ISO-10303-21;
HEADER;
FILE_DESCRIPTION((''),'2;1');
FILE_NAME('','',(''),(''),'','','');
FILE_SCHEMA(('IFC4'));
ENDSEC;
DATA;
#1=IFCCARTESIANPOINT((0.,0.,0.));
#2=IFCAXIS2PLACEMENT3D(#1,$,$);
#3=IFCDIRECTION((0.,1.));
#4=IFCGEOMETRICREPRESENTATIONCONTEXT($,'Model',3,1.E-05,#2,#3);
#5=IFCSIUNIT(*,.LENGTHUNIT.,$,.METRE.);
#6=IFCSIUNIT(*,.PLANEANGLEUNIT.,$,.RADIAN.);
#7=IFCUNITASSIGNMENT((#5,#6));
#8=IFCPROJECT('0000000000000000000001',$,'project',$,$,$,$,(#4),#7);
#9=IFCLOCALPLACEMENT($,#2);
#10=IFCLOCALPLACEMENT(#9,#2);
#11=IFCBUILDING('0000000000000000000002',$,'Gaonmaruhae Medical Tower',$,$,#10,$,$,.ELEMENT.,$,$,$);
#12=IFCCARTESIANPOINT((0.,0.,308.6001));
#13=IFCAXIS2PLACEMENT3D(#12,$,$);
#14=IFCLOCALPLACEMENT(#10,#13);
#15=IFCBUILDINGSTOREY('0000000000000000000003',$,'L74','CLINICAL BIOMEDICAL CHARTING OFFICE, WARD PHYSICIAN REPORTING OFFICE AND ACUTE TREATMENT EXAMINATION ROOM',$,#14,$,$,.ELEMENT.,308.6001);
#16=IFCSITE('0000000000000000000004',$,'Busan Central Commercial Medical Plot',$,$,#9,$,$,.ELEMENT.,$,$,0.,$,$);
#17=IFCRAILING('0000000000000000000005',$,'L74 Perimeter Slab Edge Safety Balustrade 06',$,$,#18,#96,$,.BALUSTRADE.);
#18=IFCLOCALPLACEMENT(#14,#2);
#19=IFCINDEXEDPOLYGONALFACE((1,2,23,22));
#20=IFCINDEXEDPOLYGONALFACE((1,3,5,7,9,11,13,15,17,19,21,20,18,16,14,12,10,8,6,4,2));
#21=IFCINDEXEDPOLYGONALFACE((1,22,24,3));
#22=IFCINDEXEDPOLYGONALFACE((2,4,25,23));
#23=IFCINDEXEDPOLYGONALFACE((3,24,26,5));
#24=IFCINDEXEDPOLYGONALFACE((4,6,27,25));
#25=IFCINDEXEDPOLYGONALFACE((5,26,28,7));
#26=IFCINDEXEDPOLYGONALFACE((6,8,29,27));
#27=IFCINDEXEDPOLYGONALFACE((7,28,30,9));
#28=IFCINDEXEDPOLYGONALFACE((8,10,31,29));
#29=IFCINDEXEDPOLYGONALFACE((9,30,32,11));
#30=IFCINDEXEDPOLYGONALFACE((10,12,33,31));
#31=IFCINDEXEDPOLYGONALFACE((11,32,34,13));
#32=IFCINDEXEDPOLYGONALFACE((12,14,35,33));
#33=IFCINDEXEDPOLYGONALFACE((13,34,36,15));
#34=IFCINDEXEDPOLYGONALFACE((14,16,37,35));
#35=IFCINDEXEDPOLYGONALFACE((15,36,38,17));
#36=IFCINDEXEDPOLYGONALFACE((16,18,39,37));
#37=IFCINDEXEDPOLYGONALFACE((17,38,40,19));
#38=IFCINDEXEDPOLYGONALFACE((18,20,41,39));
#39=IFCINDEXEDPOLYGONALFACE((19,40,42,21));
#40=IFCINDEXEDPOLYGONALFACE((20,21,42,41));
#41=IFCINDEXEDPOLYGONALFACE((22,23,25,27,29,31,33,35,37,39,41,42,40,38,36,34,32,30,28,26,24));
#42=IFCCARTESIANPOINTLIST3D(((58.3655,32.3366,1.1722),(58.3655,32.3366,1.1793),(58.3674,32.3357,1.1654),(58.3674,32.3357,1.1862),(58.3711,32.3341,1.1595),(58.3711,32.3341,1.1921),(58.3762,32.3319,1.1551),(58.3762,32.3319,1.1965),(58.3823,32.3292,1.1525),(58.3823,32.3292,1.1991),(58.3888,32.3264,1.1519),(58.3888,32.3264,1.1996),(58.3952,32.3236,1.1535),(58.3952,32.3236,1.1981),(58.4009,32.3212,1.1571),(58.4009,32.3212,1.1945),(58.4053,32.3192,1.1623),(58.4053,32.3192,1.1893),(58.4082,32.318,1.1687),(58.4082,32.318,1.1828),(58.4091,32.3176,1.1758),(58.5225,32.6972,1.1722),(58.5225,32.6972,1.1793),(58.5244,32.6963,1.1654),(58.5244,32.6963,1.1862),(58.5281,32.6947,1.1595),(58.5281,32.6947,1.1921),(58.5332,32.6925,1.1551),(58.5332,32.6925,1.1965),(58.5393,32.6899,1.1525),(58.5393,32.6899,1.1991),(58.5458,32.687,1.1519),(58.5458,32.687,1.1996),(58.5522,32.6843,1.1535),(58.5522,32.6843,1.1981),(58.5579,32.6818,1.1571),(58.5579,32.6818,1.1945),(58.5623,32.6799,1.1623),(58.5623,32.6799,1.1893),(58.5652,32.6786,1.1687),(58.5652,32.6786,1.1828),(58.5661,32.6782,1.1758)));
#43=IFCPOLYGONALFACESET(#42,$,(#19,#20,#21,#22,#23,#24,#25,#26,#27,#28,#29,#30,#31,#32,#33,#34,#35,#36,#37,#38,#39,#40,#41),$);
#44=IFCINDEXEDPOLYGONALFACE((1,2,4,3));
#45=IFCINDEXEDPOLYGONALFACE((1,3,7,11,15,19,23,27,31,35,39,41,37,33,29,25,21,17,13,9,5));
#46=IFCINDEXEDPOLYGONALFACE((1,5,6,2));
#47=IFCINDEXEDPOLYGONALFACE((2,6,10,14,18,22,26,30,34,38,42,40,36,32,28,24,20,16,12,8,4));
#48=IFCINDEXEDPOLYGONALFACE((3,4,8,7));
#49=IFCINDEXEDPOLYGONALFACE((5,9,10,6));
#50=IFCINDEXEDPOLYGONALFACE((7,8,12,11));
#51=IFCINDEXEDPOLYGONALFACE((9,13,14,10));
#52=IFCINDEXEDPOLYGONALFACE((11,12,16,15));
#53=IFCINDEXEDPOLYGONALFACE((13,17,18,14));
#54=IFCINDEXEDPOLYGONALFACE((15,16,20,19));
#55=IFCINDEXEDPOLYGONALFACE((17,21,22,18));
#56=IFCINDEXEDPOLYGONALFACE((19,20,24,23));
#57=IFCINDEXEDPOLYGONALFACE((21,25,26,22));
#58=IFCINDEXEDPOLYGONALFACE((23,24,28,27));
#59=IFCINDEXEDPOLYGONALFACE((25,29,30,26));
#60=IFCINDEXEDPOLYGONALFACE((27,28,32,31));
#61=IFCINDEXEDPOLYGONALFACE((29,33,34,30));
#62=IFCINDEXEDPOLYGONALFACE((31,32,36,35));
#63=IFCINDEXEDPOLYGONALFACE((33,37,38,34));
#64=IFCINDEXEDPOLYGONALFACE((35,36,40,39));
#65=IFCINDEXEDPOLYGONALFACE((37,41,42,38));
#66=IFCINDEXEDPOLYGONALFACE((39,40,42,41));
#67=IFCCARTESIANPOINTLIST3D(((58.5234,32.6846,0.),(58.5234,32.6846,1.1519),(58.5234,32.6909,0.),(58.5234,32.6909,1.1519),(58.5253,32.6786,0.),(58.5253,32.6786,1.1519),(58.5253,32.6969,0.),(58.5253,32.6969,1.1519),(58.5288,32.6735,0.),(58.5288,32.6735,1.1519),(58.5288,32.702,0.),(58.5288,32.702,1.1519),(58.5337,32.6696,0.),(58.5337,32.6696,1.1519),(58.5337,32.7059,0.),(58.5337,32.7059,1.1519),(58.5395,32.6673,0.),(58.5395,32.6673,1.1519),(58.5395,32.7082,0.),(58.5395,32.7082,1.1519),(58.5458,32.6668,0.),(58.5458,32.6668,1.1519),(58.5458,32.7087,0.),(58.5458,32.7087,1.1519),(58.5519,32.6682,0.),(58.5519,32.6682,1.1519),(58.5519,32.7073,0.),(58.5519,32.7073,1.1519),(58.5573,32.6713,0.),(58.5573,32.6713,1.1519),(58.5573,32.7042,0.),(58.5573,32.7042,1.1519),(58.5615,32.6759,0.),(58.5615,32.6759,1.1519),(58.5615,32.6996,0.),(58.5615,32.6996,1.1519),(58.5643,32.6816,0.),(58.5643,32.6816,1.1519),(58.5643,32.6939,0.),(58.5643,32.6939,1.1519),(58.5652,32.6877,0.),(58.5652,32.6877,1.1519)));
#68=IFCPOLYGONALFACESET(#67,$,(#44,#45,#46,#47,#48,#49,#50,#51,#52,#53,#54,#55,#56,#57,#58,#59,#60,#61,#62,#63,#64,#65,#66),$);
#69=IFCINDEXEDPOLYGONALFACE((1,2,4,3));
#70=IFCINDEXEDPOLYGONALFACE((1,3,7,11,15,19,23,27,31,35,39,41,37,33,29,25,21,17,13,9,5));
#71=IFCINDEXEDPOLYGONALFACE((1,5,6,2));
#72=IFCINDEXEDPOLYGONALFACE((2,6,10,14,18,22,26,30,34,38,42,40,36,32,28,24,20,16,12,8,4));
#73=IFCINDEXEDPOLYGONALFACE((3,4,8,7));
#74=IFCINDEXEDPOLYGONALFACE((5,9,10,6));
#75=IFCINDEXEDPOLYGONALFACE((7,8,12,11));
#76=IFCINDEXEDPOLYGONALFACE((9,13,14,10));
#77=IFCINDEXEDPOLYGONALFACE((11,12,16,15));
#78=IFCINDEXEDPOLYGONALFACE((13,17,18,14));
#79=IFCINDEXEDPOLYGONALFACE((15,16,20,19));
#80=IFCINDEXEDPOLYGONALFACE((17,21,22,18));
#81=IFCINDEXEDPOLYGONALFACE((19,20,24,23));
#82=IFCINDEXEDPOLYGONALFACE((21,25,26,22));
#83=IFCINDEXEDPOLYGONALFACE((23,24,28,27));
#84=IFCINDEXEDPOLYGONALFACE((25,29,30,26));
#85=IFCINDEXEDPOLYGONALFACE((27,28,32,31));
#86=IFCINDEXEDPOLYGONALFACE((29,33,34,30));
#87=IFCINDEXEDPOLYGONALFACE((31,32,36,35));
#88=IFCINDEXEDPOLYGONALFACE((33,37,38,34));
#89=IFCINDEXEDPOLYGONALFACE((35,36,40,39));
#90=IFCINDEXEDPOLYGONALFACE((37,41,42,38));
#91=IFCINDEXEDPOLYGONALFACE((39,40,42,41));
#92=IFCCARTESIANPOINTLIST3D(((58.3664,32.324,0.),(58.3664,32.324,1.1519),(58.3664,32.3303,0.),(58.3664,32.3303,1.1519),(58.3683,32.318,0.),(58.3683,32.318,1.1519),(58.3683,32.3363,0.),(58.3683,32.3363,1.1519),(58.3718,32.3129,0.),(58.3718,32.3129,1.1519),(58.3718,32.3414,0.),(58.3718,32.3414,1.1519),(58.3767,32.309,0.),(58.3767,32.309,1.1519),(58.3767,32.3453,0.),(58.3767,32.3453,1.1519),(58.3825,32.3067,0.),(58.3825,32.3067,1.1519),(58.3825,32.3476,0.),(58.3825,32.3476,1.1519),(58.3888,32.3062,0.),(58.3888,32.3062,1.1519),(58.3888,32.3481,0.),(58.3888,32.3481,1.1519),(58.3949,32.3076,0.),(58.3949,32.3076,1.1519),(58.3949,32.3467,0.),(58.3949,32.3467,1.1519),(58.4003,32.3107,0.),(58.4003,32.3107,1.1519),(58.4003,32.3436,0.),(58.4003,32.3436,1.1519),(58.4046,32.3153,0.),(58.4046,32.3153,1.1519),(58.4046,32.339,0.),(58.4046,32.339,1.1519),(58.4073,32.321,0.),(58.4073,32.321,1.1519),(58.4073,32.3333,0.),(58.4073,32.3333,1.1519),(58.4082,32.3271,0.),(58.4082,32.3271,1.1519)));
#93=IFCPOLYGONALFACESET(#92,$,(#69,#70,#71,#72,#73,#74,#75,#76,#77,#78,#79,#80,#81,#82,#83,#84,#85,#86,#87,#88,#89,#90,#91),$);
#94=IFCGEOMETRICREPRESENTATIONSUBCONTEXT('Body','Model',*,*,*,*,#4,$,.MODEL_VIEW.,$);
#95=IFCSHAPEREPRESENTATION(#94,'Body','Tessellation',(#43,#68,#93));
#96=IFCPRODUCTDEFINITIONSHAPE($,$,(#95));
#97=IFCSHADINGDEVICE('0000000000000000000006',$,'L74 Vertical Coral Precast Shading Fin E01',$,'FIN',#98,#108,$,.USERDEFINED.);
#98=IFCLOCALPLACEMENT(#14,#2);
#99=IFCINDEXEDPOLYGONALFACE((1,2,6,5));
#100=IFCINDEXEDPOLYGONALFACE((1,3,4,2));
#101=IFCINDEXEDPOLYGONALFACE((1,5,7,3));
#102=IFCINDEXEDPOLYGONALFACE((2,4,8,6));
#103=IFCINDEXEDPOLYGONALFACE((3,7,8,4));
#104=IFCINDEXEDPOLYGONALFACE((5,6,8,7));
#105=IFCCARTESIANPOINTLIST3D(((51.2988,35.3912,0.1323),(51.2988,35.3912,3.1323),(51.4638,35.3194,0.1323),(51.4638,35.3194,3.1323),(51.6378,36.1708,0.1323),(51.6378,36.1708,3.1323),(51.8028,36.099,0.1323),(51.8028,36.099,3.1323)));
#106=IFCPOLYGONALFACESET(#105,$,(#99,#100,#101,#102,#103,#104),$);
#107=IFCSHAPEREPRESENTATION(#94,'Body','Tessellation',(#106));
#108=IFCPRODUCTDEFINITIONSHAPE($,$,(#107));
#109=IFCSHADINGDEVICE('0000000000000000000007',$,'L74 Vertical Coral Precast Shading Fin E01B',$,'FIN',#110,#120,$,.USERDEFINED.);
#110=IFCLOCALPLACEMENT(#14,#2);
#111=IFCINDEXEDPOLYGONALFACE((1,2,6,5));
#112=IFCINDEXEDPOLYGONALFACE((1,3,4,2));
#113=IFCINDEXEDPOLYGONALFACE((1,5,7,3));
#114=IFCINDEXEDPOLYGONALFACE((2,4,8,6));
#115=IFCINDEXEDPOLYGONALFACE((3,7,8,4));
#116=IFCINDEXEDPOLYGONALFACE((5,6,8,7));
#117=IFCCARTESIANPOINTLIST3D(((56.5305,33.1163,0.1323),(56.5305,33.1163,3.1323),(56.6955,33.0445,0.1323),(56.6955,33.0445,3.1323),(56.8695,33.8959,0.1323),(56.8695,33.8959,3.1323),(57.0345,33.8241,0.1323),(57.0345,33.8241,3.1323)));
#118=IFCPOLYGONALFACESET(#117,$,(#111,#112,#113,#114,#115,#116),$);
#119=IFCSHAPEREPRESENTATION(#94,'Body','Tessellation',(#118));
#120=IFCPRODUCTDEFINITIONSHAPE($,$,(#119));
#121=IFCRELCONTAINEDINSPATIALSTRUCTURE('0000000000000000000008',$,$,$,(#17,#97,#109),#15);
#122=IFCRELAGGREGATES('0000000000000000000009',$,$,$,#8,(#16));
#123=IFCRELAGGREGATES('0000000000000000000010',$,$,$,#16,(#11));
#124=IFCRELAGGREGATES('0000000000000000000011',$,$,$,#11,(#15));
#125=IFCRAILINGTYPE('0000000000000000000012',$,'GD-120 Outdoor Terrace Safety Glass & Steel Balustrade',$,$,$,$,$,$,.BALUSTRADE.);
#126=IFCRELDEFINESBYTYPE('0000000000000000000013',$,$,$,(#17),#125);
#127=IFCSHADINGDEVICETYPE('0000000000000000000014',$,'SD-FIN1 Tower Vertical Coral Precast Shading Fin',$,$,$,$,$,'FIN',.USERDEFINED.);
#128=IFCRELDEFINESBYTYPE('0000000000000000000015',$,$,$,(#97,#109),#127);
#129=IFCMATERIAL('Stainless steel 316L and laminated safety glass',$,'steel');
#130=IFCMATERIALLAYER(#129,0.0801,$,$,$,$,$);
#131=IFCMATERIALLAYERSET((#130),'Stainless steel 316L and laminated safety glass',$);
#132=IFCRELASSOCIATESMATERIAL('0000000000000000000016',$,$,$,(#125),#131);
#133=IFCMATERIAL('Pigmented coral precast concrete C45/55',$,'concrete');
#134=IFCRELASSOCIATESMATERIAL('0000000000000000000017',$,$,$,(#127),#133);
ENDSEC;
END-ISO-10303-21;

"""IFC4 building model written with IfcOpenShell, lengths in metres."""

from ifc_helpers import new_model, si_unit, direction, frame, origin, origin_2d, place, context, subcontext, project, spatial, rectangle, circle, extrude, material, layer, layer_set, type_object, element, save


model = new_model("IFC4")

# Units and contexts
model_context = context("Model", 3, precision=1e-05, world=origin(), true_north=direction((0.0, 1.0)))
body_context = subcontext(model_context, "Body", "Model", "MODEL_VIEW")
ifc_project = project(units=[si_unit("LENGTHUNIT", "METRE"), si_unit("PLANEANGLEUNIT", "RADIAN")], contexts=[model_context])

# Site, building, storey
site_placement = place(None, origin())
site = spatial("IfcSite", under=ifc_project, at=site_placement, Name="Busan Central Commercial Medical Plot", CompositionType="ELEMENT", RefElevation=0.0)
building_placement = place(site_placement, origin())
building = spatial("IfcBuilding", under=site, at=building_placement, Name="Gaonmaruhae Medical Tower", CompositionType="ELEMENT")
storey_placement = place(building_placement, frame((0.0, 0.0, 308.6001)))
storey = spatial("IfcBuildingStorey", under=building, at=storey_placement, Name="L74", Description="CLINICAL BIOMEDICAL CHARTING OFFICE, WARD PHYSICIAN REPORTING OFFICE AND ACUTE TREATMENT EXAMINATION ROOM", CompositionType="ELEMENT", Elevation=308.6001)

# Railing
ifc_material_1 = material(Name="Stainless steel 316L and laminated safety glass", Category="steel")
ifc_layer_1 = layer(ifc_material_1, 0.0801)
ifc_layer_set_1 = layer_set([ifc_layer_1], Name="Stainless steel 316L and laminated safety glass")
railing_type = type_object("IfcRailingType", Name="GD-120 Outdoor Terrace Safety Glass & Steel Balustrade", PredefinedType="BALUSTRADE", material=ifc_layer_set_1)
railing_1_placement = place(storey_placement, frame((58.5442, 32.6877, 0.0)))
element("IfcRailing", 1, at=railing_1_placement, inside=storey, type_object=railing_type, Name="L74 Perimeter Slab Edge Safety Balustrade 06", PredefinedType="BALUSTRADE", context=body_context, shape_type="SweptSolid", body=[
    extrude(circle(Radius=0.0239, at=origin_2d()), frame((0.0, 0.0, 1.1758), z_axis=(-0.399157, -0.916882, 0.0), x_axis=(0.916882, -0.399157, 0.0)), (0.0, 0.0, 1.0), 0.3933),
    extrude(circle(Radius=0.021, at=origin_2d()), origin(), (0.0, 0.0, 1.0), 1.1519),
    extrude(circle(Radius=0.021, at=origin_2d()), frame((-0.157, -0.3606, 0.0)), (0.0, 0.0, 1.0), 1.1519),
])

# Shading devices
ifc_material_2 = material(Name="Pigmented coral precast concrete C45/55", Category="concrete")
shading_device_type = type_object("IfcShadingDeviceType", Name="SD-FIN1 Tower Vertical Coral Precast Shading Fin", ElementType="FIN", PredefinedType="USERDEFINED", material=ifc_material_2)
for number, where, z_axis, x_axis, name in (
    (2, (51.5508, 35.7451, 0.1323), (0.0, 0.0, 1.0), (0.91706, -0.398749, 0.0), "L74 Vertical Coral Precast Shading Fin E01"),
    (3, (56.7825, 33.4702, 0.1323), (0.0, 0.0, 1.0), (0.91706, -0.398749, 0.0), "L74 Vertical Coral Precast Shading Fin E01B"),
):
    element("IfcShadingDevice", number, at=place(storey_placement, frame(where, z_axis=z_axis, x_axis=x_axis)), inside=storey, type_object=shading_device_type, Name=name, ObjectType="FIN", PredefinedType="USERDEFINED", context=body_context, shape_type="SweptSolid", body=[
        extrude(rectangle(XDim=0.1799, YDim=0.8501, at=origin_2d()), origin(), (0.0, 0.0, 1.0), 3.0),
    ])

save(model, "model.ifc")
